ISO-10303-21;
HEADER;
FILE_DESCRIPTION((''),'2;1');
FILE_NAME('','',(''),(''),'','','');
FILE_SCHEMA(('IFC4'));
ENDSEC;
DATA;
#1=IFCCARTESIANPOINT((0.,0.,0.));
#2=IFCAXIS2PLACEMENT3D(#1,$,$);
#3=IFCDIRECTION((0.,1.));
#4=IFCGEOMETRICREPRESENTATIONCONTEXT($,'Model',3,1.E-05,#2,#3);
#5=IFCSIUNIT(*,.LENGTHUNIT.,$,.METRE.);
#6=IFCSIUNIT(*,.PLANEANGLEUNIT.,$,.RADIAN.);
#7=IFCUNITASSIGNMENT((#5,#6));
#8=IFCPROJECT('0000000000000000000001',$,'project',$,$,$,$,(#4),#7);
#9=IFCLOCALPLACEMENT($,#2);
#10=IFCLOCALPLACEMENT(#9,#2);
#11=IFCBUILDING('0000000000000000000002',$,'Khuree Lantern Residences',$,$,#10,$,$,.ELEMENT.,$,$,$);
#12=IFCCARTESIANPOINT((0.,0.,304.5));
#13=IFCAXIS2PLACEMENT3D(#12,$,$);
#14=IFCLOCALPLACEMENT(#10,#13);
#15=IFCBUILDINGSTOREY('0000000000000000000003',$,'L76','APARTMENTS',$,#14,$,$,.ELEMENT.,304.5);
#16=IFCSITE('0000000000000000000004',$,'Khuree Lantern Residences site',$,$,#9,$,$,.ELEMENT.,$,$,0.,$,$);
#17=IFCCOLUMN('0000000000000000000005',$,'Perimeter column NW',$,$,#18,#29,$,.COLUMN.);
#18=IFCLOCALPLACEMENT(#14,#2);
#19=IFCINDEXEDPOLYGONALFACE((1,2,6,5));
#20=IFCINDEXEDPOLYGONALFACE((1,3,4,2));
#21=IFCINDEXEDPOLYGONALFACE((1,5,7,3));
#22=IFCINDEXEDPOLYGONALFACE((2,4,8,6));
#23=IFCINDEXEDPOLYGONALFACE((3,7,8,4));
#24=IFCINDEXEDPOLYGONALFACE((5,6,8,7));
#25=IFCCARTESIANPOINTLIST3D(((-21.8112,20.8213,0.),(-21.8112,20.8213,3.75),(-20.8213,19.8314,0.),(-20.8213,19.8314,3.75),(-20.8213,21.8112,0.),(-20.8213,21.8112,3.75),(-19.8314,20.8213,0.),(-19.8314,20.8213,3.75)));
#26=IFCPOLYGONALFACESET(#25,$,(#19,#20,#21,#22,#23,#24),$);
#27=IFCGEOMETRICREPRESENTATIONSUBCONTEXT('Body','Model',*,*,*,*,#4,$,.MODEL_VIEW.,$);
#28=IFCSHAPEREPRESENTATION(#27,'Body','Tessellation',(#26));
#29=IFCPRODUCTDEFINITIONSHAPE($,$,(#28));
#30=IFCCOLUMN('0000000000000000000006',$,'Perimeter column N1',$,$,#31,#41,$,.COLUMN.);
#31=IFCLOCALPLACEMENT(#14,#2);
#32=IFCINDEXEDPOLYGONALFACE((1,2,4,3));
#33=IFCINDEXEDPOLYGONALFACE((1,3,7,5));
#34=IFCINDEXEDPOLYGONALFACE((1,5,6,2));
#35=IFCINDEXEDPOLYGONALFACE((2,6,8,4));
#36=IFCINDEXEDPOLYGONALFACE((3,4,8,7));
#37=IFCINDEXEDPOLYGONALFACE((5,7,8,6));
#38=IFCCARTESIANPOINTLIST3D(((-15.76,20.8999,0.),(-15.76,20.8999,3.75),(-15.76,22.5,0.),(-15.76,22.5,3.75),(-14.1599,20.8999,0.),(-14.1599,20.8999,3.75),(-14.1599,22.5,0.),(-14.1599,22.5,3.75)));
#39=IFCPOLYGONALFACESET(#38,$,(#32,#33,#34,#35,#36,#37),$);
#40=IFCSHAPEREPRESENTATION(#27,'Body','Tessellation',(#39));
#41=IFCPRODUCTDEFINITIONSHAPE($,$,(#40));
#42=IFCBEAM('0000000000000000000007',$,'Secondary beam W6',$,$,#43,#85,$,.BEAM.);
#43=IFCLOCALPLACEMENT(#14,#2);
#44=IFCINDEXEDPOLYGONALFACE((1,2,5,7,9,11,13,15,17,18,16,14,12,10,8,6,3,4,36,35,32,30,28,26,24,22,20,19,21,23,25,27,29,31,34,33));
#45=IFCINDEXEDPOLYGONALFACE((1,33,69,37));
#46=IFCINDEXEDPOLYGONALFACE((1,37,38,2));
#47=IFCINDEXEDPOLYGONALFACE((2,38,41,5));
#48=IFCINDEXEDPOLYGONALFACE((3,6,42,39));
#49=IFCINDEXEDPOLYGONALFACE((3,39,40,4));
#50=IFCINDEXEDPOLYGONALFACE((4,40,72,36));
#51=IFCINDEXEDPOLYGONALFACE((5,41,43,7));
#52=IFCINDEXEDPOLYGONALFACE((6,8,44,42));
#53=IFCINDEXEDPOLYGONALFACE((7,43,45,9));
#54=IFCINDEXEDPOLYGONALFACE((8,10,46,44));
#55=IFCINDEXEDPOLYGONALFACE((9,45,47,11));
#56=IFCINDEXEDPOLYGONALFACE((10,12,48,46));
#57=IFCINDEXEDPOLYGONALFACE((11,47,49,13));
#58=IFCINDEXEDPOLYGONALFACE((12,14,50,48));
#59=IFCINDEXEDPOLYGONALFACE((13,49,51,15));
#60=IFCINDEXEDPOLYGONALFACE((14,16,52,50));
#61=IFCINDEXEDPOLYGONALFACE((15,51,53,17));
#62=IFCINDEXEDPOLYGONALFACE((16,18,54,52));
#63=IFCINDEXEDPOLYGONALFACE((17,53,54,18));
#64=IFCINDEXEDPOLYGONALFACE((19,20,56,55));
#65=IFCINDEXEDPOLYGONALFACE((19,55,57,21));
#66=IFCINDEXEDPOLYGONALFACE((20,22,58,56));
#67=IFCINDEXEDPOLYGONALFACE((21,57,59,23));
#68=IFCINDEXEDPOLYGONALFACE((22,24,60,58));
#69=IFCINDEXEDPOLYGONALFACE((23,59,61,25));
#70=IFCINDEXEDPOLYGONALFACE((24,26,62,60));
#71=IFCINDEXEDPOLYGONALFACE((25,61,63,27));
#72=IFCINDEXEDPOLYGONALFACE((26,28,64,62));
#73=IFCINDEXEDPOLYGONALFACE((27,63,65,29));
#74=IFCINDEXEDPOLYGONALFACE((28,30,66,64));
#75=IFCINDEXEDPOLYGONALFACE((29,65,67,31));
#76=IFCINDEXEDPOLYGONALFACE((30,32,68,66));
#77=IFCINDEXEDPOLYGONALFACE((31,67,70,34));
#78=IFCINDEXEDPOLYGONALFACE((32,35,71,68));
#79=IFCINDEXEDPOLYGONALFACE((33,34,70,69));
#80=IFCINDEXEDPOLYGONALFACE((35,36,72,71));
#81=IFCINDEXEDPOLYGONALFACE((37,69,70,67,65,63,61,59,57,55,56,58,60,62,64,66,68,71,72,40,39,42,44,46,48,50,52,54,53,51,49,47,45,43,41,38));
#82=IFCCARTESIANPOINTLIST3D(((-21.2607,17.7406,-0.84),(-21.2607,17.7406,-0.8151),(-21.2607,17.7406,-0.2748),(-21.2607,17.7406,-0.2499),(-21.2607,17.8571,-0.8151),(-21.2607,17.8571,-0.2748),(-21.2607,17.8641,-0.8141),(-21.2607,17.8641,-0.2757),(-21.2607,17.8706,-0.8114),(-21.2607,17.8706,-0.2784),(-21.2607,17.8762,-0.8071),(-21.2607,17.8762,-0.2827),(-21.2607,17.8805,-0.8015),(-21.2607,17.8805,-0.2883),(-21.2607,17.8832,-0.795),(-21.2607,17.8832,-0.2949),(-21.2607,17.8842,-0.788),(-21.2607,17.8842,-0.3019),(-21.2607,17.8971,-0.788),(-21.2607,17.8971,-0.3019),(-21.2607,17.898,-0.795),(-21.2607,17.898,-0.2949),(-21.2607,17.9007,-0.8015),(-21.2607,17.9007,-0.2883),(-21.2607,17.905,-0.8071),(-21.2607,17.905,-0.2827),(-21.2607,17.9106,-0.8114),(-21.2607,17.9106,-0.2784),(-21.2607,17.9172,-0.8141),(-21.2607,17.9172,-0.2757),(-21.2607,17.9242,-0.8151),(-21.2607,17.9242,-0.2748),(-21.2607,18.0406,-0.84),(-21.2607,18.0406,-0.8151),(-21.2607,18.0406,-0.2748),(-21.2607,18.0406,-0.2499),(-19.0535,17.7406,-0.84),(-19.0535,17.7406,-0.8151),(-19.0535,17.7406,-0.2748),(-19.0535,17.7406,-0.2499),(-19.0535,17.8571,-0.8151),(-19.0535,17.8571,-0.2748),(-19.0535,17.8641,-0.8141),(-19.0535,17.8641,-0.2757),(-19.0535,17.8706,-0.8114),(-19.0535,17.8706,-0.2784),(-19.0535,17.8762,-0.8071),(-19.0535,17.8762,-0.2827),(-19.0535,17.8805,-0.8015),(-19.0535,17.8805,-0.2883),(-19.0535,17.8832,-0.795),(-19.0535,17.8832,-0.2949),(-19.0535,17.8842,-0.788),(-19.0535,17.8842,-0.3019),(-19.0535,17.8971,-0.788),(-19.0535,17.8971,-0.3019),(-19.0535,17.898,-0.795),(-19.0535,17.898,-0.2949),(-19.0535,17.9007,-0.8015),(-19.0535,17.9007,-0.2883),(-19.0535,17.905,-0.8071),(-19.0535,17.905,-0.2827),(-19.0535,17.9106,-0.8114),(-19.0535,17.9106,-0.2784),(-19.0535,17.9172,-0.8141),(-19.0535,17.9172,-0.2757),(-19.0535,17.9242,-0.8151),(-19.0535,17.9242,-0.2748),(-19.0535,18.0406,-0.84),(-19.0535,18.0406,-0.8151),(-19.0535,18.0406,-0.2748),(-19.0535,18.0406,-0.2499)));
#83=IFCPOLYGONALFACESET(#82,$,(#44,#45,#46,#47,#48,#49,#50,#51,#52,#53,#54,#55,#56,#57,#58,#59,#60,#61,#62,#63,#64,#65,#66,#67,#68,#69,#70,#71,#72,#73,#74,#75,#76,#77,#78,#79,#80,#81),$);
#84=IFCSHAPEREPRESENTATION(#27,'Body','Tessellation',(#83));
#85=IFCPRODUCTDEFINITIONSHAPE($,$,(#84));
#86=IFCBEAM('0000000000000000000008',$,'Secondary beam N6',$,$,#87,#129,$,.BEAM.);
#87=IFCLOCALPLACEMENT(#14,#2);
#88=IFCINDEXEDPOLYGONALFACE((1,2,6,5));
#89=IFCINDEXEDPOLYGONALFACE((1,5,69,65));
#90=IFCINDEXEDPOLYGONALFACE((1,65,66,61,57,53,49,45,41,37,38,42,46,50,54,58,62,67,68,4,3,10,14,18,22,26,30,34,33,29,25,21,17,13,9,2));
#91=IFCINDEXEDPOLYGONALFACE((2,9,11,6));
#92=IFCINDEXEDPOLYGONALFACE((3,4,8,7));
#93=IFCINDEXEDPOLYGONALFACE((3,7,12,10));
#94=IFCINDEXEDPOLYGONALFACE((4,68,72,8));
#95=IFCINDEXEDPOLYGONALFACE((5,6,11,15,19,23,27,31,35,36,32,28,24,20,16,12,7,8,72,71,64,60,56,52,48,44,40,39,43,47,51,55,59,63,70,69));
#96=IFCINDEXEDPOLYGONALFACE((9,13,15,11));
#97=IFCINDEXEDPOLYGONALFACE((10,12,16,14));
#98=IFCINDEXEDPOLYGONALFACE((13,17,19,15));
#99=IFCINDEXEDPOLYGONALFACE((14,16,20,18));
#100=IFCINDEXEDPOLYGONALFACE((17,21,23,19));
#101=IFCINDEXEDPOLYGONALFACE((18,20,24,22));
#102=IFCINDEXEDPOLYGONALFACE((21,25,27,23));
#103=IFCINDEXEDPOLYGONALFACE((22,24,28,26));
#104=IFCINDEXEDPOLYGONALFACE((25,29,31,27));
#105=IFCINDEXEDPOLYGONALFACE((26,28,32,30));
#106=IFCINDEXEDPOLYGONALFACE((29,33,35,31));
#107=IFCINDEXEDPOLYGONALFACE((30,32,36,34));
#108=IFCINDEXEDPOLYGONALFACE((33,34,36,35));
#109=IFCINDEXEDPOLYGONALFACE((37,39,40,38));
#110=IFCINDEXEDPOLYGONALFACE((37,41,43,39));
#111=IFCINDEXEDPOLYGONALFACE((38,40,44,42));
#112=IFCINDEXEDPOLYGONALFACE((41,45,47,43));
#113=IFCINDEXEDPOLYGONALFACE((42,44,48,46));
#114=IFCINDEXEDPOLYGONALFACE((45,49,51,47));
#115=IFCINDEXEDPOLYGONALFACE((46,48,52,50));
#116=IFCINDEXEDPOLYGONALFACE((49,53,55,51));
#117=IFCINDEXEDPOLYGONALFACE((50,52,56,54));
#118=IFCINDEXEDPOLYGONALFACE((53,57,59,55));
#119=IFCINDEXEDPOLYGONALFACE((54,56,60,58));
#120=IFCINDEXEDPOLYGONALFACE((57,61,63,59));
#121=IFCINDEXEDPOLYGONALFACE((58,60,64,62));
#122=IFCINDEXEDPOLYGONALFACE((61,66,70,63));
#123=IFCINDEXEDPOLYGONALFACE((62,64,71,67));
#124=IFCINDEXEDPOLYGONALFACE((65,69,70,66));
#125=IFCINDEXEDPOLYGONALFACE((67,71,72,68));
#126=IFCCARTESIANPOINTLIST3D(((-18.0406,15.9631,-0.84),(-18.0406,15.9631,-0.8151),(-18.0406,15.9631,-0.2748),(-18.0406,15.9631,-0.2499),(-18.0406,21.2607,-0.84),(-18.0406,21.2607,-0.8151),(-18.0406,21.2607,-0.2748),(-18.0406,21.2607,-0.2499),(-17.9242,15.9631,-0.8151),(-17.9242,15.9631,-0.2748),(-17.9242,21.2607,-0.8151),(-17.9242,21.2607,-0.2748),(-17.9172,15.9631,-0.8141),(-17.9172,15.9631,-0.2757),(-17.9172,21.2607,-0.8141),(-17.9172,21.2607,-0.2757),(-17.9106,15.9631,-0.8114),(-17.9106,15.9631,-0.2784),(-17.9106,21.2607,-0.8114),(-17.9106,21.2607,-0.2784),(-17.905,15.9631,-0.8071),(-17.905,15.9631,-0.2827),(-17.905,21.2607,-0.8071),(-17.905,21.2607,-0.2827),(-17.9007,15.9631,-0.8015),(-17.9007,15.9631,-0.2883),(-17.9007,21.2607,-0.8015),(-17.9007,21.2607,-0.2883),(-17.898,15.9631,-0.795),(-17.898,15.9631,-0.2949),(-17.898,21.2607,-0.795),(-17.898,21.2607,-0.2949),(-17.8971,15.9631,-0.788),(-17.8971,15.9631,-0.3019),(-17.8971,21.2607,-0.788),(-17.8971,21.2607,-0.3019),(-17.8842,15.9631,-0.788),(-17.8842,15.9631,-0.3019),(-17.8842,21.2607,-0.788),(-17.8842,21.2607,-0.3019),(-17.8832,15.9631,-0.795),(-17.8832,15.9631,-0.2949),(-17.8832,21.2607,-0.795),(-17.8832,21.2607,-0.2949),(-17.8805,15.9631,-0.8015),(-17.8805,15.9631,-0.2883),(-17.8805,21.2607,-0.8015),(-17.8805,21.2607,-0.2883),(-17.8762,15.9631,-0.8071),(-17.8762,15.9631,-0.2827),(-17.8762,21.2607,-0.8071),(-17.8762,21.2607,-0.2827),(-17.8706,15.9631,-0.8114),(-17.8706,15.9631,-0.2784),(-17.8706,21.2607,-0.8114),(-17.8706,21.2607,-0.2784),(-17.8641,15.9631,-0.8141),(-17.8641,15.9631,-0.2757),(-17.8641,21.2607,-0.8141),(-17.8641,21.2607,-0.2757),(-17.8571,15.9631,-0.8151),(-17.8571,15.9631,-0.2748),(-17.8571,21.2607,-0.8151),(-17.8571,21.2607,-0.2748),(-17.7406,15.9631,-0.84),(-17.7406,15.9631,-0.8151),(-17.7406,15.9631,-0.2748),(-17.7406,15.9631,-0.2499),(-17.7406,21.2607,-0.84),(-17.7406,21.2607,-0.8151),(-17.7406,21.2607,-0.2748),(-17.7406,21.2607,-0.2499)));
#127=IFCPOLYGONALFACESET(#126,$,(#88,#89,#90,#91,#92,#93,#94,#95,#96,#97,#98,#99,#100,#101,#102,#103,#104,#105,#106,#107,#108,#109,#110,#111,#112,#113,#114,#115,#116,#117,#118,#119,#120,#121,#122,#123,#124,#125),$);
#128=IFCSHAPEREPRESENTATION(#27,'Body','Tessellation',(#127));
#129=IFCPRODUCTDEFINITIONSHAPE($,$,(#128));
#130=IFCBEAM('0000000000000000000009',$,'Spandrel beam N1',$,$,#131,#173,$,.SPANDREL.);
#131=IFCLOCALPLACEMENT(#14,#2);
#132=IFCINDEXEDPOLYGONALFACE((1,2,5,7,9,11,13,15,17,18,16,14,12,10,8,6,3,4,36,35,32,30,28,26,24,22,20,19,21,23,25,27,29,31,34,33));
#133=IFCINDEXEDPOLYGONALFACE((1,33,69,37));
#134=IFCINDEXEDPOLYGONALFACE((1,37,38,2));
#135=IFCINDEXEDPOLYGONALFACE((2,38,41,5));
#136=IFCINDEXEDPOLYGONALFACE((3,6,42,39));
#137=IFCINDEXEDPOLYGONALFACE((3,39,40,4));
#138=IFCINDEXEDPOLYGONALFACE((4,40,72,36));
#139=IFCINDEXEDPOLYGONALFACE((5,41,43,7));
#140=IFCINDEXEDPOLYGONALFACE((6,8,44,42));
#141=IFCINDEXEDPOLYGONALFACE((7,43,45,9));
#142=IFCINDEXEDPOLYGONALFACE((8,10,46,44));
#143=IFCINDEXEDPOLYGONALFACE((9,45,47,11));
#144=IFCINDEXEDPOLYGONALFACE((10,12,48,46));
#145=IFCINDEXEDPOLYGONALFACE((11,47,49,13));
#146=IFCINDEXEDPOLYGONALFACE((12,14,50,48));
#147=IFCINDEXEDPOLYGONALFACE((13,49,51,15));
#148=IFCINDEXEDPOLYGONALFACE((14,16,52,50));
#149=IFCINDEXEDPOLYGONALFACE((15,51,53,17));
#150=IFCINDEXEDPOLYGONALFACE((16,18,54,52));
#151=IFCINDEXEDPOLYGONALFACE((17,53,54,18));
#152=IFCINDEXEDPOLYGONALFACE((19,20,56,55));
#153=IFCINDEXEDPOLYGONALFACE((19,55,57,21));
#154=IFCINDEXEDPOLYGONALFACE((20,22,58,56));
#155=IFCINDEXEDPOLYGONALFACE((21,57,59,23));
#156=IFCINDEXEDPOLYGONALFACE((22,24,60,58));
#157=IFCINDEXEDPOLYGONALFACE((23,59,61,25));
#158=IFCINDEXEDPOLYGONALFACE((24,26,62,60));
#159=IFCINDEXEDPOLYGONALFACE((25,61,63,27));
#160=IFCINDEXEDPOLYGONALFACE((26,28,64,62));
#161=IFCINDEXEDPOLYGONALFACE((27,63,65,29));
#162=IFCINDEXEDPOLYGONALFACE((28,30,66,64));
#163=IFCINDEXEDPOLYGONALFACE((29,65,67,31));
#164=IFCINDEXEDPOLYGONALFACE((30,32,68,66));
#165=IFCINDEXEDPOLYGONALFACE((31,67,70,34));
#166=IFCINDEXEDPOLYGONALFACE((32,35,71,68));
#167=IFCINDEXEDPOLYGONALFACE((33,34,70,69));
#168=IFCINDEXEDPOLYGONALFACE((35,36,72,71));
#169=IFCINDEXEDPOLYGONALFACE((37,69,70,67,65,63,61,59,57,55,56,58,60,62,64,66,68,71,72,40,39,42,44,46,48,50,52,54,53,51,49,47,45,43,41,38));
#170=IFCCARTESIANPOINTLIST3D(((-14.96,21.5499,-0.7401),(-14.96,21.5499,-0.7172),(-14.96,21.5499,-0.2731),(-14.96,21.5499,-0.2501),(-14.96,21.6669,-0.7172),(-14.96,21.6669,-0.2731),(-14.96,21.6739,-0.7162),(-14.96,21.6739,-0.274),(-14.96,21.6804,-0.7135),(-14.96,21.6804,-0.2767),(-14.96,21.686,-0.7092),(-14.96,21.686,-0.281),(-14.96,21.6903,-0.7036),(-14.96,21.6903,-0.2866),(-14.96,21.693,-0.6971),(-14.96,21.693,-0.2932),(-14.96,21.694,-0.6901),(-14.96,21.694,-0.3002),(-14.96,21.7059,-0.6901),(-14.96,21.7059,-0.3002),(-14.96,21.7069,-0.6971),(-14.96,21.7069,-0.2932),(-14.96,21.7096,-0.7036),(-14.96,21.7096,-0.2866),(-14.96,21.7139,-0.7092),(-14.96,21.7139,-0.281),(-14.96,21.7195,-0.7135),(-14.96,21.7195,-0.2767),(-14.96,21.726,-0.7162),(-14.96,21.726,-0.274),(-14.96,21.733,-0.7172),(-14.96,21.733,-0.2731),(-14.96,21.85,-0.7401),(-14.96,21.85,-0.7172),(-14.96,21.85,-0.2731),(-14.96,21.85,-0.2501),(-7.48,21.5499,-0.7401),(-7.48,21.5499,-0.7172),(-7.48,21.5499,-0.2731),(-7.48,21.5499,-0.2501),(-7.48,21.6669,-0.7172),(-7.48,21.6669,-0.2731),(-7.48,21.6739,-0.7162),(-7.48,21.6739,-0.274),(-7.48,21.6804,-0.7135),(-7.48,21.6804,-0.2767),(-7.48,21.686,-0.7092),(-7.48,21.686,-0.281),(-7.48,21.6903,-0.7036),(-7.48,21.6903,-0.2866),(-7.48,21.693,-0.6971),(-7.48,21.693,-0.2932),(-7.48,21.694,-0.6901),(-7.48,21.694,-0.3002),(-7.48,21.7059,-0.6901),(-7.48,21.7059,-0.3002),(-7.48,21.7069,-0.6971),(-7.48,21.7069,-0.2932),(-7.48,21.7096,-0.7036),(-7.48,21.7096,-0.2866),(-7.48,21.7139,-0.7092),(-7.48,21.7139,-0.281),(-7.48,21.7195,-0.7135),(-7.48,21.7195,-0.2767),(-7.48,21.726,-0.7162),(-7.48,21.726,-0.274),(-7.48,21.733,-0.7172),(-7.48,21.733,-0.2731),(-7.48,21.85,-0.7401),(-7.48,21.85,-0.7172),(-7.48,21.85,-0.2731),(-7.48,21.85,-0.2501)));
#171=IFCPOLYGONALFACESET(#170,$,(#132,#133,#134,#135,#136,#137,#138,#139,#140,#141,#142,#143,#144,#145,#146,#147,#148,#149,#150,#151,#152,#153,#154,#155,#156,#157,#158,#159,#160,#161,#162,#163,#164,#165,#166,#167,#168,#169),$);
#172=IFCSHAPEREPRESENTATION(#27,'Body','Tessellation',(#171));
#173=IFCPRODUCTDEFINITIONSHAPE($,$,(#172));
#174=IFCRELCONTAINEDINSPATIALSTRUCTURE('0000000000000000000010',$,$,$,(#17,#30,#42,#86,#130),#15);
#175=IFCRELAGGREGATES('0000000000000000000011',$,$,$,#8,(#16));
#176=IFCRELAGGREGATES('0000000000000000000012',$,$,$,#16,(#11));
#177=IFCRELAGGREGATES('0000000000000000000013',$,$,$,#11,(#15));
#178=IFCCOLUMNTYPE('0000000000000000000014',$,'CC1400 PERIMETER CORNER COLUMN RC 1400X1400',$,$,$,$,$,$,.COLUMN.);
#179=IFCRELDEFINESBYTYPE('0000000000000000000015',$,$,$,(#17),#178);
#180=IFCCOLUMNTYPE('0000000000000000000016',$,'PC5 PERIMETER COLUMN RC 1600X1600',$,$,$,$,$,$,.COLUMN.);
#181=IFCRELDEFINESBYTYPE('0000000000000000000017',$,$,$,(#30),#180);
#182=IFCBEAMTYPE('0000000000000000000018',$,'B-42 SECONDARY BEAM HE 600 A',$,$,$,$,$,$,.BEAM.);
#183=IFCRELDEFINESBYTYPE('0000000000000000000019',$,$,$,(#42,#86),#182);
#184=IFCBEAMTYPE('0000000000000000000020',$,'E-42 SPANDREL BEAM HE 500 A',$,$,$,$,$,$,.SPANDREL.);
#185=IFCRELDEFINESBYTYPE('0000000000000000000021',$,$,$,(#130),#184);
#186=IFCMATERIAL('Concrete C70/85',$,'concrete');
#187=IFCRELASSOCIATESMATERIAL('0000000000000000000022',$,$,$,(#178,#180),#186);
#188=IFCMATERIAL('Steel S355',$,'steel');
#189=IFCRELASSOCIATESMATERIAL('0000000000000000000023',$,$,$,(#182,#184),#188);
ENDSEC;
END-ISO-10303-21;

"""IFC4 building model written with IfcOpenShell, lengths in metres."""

from ifc_helpers import new_model, si_unit, direction, frame, origin, origin_2d, place, context, subcontext, project, spatial, rectangle, i_section, extrude, material, material_profile, profile_set, type_object, element, save


model = new_model("IFC4")

# Units and contexts
model_context = context("Model", 3, precision=1e-05, world=origin(), true_north=direction((0.0, 1.0)))
body_context = subcontext(model_context, "Body", "Model", "MODEL_VIEW")
ifc_project = project(units=[si_unit("LENGTHUNIT", "METRE"), si_unit("PLANEANGLEUNIT", "RADIAN")], contexts=[model_context])

# Site, building, storey
site_placement = place(None, origin())
site = spatial("IfcSite", under=ifc_project, at=site_placement, Name="Khuree Lantern Residences site", CompositionType="ELEMENT", RefElevation=0.0)
building_placement = place(site_placement, origin())
building = spatial("IfcBuilding", under=site, at=building_placement, Name="Khuree Lantern Residences", CompositionType="ELEMENT")
storey_placement = place(building_placement, frame((0.0, 0.0, 304.5)))
storey = spatial("IfcBuildingStorey", under=building, at=storey_placement, Name="L76", Description="APARTMENTS", CompositionType="ELEMENT", Elevation=304.5)

# Columns
ifc_material_1 = material(Name="Concrete C70/85", Category="concrete")
ifc_material_profile_1 = material_profile(ifc_material_1, rectangle(XDim=1.3999, YDim=1.3999, at=origin_2d()), Name="RC 1400X1400")
ifc_profile_set_1 = profile_set([ifc_material_profile_1], Name="Concrete C70/85")
column_type_1 = type_object("IfcColumnType", Name="CC1400 PERIMETER CORNER COLUMN RC 1400X1400", PredefinedType="COLUMN", material=ifc_profile_set_1)
column_1_placement = place(storey_placement, frame((-20.8213, 20.8213, 0.0), z_axis=(0.0, 0.0, 1.0), x_axis=(0.707107, 0.707107, 0.0)))
element("IfcColumn", 1, at=column_1_placement, inside=storey, type_object=column_type_1, Name="Perimeter column NW", PredefinedType="COLUMN", context=body_context, shape_type="SweptSolid", body=[
    extrude(rectangle(XDim=1.3999, YDim=1.3999, at=origin_2d()), origin(), (0.0, 0.0, 1.0), 3.75),
])
ifc_material_profile_2 = material_profile(ifc_material_1, rectangle(XDim=1.6001, YDim=1.6001, at=origin_2d()), Name="RC 1600X1600")
ifc_profile_set_2 = profile_set([ifc_material_profile_2], Name="Concrete C70/85")
column_type_2 = type_object("IfcColumnType", Name="PC5 PERIMETER COLUMN RC 1600X1600", PredefinedType="COLUMN", material=ifc_profile_set_2)
column_2_placement = place(storey_placement, frame((-14.96, 21.7, 0.0), z_axis=(0.0, 0.0, 1.0), x_axis=(1.0, 0.0, 0.0)))
element("IfcColumn", 2, at=column_2_placement, inside=storey, type_object=column_type_2, Name="Perimeter column N1", PredefinedType="COLUMN", context=body_context, shape_type="SweptSolid", body=[
    extrude(rectangle(XDim=1.6001, YDim=1.6001, at=origin_2d()), origin(), (0.0, 0.0, 1.0), 3.75),
])

# Beams
ifc_material_2 = material(Name="Steel S355", Category="steel")
ifc_material_profile_3 = material_profile(ifc_material_2, i_section(OverallWidth=0.3, OverallDepth=0.5901, WebThickness=0.0129, FlangeThickness=0.0249, FilletRadius=0.0271, at=origin_2d()), Name="HE 600 A")
ifc_profile_set_3 = profile_set([ifc_material_profile_3], Name="Steel S355")
beam_type_1 = type_object("IfcBeamType", Name="B-42 SECONDARY BEAM HE 600 A", PredefinedType="BEAM", material=ifc_profile_set_3)
beam_1_placement = place(storey_placement, frame((-21.2607, 17.8906, -0.5449), z_axis=(1.0, 0.0, 0.0), x_axis=(0.0, 1.0, 0.0)))
element("IfcBeam", 3, at=beam_1_placement, inside=storey, type_object=beam_type_1, Name="Secondary beam W6", PredefinedType="BEAM", context=body_context, shape_type="SweptSolid", body=[
    extrude(i_section(OverallWidth=0.3, OverallDepth=0.5901, WebThickness=0.0129, FlangeThickness=0.0249, FilletRadius=0.0271, at=origin_2d()), origin(), (0.0, 0.0, 1.0), 2.2073),
])
beam_2_placement = place(storey_placement, frame((-17.8906, 21.2607, -0.5449), z_axis=(0.0, -1.0, 0.0), x_axis=(1.0, 0.0, 0.0)))
element("IfcBeam", 4, at=beam_2_placement, inside=storey, type_object=beam_type_1, Name="Secondary beam N6", PredefinedType="BEAM", context=body_context, shape_type="SweptSolid", body=[
    extrude(i_section(OverallWidth=0.3, OverallDepth=0.5901, WebThickness=0.0129, FlangeThickness=0.0249, FilletRadius=0.0271, at=origin_2d()), origin(), (0.0, 0.0, 1.0), 5.2976),
])
ifc_material_profile_4 = material_profile(ifc_material_2, i_section(OverallWidth=0.3, OverallDepth=0.49, WebThickness=0.012, FlangeThickness=0.0229, FilletRadius=0.0271, at=origin_2d()), Name="HE 500 A")
ifc_profile_set_4 = profile_set([ifc_material_profile_4], Name="Steel S355")
beam_type_2 = type_object("IfcBeamType", Name="E-42 SPANDREL BEAM HE 500 A", PredefinedType="SPANDREL", material=ifc_profile_set_4)
beam_3_placement = place(storey_placement, frame((-14.96, 21.7, -0.4951), z_axis=(1.0, 0.0, 0.0), x_axis=(0.0, 1.0, 0.0)))
element("IfcBeam", 5, at=beam_3_placement, inside=storey, type_object=beam_type_2, Name="Spandrel beam N1", PredefinedType="SPANDREL", context=body_context, shape_type="SweptSolid", body=[
    extrude(i_section(OverallWidth=0.3, OverallDepth=0.49, WebThickness=0.012, FlangeThickness=0.0229, FilletRadius=0.0271, at=origin_2d()), origin(), (0.0, 0.0, 1.0), 7.48),
])

save(model, "model.ifc")
